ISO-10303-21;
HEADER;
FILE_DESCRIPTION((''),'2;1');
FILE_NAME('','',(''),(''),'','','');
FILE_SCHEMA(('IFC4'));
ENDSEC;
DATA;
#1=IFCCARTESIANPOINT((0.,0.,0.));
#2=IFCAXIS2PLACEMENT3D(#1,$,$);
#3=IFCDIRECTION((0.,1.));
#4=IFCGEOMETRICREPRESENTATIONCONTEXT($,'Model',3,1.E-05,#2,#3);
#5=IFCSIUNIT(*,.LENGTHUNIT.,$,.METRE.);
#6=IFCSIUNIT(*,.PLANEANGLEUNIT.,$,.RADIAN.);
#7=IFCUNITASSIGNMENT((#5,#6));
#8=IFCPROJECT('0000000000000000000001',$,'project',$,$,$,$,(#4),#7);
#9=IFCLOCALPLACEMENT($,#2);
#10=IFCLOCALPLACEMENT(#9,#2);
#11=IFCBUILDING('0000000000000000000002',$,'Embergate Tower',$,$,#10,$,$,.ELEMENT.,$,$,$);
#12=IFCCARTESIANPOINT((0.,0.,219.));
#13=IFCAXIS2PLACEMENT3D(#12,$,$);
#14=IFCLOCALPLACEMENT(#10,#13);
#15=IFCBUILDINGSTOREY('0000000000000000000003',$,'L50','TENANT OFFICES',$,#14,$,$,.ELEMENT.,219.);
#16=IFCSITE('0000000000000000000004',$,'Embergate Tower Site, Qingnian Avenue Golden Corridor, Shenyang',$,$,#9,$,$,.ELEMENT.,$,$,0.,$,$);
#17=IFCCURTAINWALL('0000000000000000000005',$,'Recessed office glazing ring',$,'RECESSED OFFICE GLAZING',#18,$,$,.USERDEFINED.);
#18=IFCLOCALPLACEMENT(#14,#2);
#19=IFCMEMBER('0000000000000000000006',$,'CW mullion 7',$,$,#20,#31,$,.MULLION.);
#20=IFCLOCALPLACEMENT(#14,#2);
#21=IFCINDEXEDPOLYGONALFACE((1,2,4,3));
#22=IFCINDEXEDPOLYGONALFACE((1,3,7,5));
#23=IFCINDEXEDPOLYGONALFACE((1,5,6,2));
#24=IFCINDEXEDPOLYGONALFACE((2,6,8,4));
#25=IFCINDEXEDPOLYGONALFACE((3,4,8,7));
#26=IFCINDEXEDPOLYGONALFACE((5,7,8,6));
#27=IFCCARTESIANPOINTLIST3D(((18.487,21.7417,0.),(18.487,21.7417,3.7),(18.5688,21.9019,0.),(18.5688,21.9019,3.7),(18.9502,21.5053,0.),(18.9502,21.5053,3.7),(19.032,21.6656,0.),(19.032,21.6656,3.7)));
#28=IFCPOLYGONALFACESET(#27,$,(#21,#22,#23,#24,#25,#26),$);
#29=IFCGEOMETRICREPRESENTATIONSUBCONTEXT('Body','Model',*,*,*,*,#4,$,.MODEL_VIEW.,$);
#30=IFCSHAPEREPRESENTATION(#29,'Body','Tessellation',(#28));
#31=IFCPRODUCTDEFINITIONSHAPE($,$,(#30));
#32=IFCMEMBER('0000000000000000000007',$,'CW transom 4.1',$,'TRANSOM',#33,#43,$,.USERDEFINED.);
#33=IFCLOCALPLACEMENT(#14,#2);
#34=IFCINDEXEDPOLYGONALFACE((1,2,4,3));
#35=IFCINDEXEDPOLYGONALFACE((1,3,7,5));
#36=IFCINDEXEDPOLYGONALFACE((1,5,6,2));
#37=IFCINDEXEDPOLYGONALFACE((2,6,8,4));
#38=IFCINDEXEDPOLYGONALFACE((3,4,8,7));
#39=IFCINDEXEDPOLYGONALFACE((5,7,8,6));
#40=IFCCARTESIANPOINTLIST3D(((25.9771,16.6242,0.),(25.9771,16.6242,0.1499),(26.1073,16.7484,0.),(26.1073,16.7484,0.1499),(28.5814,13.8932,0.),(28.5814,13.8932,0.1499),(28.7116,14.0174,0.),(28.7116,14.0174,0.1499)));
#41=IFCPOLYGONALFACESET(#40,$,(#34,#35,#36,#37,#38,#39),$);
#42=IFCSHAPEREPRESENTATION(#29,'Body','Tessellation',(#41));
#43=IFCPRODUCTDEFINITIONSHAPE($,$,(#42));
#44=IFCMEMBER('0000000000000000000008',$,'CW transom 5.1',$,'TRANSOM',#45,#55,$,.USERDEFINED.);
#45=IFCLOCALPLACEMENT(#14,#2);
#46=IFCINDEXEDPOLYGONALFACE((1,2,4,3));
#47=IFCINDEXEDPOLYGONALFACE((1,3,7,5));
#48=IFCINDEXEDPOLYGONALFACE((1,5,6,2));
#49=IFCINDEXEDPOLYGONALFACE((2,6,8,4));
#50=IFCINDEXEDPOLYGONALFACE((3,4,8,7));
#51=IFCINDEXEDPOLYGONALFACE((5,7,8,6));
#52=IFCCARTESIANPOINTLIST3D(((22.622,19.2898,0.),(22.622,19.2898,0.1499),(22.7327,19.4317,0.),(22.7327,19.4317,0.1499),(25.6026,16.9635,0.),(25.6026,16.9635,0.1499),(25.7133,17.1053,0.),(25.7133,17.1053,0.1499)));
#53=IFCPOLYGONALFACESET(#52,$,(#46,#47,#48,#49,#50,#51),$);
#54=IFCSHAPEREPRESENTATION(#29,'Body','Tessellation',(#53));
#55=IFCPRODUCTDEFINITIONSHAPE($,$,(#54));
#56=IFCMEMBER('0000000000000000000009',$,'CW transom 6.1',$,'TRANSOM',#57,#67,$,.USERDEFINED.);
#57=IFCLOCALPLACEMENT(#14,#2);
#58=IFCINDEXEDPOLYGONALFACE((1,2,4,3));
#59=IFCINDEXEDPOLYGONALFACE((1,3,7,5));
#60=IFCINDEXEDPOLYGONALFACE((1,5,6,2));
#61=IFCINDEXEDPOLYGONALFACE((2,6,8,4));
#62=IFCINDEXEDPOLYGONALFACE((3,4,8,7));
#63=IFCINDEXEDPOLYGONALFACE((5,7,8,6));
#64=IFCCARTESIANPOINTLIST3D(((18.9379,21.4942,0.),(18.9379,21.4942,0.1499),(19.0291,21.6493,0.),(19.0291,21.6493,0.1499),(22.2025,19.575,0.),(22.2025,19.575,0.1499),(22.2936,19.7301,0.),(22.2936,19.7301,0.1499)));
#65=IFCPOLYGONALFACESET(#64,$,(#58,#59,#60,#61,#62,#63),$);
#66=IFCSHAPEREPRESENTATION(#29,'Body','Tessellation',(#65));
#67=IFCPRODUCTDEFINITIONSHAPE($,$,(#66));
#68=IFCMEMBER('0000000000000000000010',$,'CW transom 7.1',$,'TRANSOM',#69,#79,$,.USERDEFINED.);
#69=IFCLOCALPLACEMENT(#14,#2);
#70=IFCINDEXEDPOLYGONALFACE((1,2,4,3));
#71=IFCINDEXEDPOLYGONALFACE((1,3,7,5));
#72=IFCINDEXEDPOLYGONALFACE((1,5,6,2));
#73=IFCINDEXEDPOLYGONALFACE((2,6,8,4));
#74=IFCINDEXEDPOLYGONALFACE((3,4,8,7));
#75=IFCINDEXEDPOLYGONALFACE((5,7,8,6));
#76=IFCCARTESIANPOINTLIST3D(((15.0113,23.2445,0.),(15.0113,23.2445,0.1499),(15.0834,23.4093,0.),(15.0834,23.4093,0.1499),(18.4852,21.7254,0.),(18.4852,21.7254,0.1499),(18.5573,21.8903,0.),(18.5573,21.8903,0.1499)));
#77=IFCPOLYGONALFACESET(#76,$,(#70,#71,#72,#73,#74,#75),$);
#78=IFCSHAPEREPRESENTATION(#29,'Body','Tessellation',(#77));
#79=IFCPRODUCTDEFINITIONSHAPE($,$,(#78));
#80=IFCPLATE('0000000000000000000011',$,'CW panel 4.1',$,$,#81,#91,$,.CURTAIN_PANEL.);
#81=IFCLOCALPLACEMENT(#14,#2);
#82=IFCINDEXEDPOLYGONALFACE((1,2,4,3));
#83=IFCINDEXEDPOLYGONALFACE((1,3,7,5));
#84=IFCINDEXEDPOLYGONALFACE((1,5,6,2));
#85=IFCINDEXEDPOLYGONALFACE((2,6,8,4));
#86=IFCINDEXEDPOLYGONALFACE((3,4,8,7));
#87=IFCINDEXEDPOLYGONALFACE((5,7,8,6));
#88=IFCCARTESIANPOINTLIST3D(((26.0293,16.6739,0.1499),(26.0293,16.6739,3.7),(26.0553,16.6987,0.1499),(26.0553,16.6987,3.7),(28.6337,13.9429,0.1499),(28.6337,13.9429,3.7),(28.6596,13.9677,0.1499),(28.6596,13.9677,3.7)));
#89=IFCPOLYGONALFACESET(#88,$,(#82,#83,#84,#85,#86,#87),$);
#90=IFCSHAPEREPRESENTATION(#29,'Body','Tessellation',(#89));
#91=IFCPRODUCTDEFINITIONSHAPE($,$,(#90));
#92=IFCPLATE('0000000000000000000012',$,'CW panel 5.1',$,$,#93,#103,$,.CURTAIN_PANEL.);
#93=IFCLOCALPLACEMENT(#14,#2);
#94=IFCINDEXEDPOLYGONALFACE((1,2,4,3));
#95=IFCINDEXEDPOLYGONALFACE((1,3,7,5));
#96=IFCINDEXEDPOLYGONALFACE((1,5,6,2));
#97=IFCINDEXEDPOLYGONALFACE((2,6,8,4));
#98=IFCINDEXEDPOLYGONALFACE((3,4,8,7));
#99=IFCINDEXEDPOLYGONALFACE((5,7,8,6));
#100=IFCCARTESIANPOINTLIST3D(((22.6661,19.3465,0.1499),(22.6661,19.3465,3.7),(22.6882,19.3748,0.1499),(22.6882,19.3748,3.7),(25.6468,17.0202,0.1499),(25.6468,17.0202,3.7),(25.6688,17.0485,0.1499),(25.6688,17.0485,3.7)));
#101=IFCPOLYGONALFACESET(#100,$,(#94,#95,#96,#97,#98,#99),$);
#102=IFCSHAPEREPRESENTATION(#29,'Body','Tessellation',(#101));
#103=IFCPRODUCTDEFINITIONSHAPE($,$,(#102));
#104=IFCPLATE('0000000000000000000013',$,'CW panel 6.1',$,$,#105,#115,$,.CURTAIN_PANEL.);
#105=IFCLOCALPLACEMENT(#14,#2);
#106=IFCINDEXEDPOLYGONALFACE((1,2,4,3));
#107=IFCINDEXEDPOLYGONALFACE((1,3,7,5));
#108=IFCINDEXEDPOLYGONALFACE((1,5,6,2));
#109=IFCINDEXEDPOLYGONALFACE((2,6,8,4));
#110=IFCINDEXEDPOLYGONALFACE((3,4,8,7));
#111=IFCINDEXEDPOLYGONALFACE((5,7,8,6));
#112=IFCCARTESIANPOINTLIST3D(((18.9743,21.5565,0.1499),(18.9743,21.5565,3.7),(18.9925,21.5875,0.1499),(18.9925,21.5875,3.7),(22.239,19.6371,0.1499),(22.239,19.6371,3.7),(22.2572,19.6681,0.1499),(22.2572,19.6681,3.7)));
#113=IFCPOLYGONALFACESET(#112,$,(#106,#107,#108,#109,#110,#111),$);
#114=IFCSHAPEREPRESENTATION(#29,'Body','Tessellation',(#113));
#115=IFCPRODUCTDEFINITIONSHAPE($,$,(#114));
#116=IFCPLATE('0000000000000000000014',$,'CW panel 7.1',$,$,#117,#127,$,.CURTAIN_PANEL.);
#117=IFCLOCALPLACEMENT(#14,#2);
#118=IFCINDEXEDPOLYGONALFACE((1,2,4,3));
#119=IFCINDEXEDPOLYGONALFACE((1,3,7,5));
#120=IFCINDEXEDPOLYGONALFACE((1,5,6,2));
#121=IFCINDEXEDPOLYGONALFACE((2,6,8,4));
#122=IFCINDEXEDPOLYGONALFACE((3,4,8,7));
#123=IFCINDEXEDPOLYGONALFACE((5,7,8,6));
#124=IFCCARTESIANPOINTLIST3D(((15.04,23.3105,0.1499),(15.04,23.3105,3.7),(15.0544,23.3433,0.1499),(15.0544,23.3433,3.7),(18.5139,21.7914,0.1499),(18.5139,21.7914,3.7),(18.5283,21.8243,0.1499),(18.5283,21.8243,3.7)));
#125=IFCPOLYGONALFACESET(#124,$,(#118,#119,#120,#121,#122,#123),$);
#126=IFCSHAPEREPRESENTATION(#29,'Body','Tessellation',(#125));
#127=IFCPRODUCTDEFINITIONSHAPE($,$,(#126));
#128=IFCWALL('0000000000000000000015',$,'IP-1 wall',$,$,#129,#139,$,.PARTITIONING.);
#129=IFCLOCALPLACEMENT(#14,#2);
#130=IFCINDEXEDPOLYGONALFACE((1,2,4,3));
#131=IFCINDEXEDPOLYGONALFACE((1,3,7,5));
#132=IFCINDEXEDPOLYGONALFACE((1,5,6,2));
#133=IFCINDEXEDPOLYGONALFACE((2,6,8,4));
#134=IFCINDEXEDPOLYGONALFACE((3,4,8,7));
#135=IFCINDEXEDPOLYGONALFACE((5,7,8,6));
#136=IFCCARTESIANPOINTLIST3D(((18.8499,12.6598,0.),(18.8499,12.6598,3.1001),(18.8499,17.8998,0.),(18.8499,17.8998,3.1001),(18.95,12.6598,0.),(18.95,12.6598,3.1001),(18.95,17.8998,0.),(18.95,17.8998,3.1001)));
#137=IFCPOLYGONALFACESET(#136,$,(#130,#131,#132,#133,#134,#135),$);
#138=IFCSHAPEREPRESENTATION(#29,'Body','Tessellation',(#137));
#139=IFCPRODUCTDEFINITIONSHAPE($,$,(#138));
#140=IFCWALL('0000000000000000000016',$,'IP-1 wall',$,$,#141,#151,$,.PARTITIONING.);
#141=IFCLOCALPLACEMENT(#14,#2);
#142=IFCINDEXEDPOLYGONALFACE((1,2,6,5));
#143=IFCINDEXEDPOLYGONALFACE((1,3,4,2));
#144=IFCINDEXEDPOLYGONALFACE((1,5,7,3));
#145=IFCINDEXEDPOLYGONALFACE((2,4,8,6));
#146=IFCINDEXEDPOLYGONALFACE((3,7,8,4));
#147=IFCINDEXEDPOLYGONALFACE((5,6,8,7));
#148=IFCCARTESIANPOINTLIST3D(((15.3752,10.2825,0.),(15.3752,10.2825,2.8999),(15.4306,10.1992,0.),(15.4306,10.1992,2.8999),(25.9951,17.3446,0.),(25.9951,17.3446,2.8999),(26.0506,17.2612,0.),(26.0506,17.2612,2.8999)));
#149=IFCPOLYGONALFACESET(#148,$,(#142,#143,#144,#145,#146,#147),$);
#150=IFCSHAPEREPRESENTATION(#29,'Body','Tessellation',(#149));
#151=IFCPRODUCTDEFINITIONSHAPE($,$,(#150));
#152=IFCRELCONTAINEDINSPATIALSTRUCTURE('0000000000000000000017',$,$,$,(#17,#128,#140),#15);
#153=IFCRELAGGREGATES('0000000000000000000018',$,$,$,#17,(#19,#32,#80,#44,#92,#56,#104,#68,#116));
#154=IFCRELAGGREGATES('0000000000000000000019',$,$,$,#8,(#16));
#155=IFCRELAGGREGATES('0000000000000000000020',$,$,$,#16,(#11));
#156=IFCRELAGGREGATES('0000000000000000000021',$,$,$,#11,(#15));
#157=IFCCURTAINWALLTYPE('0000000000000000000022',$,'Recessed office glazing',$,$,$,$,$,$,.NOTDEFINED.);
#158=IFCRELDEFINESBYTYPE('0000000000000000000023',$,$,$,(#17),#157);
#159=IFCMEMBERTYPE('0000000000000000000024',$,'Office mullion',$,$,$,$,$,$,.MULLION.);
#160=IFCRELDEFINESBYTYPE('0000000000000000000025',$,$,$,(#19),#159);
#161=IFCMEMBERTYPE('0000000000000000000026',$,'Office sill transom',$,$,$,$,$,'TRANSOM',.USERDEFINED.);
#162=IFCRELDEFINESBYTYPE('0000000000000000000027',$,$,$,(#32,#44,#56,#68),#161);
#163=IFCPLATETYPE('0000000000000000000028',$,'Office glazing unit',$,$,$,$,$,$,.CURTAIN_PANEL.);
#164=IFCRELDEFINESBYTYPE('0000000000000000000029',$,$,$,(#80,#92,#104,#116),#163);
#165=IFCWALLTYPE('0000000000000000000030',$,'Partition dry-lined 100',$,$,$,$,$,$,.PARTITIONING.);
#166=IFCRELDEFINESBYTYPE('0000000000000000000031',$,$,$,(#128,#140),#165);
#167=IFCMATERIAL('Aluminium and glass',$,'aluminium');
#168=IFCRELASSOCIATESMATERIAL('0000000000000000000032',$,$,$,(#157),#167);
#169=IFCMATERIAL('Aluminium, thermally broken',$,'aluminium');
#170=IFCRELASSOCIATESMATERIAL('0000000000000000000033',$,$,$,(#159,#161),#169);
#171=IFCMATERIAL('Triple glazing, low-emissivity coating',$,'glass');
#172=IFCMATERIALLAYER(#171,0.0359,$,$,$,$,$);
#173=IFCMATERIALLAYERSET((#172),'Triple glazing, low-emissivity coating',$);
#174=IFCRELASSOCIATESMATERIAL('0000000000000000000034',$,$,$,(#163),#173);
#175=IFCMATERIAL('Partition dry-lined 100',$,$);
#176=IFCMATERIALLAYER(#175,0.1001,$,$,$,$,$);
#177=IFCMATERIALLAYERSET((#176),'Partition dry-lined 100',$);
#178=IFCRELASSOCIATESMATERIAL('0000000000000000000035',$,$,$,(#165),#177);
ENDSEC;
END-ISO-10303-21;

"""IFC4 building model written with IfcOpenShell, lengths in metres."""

from ifc_helpers import new_model, si_unit, direction, frame, frame_2d, origin, origin_2d, place, context, subcontext, project, spatial, rectangle, extrude, source, transform, mapped, material, layer, layer_set, material_profile, profile_set, type_object, element, aggregate, save


model = new_model("IFC4")

# Units and contexts
model_context = context("Model", 3, precision=1e-05, world=origin(), true_north=direction((0.0, 1.0)))
body_context = subcontext(model_context, "Body", "Model", "MODEL_VIEW")
ifc_project = project(units=[si_unit("LENGTHUNIT", "METRE"), si_unit("PLANEANGLEUNIT", "RADIAN")], contexts=[model_context])

# Site, building, storey
site_placement = place(None, origin())
site = spatial("IfcSite", under=ifc_project, at=site_placement, Name="Embergate Tower Site, Qingnian Avenue Golden Corridor, Shenyang", CompositionType="ELEMENT", RefElevation=0.0)
building_placement = place(site_placement, origin())
building = spatial("IfcBuilding", under=site, at=building_placement, Name="Embergate Tower", CompositionType="ELEMENT")
storey_placement = place(building_placement, frame((0.0, 0.0, 219.0)))
storey = spatial("IfcBuildingStorey", under=building, at=storey_placement, Name="L50", Description="TENANT OFFICES", CompositionType="ELEMENT", Elevation=219.0)

# Curtain wall, members, plates
ifc_material_1 = material(Name="Aluminium and glass", Category="aluminium")
curtain_wall_type = type_object("IfcCurtainWallType", Name="Recessed office glazing", PredefinedType="NOTDEFINED", material=ifc_material_1)
curtain_wall_placement = place(storey_placement, origin())
curtain_wall = element("IfcCurtainWall", 1, at=curtain_wall_placement, inside=storey, type_object=curtain_wall_type, Name="Recessed office glazing ring", ObjectType="RECESSED OFFICE GLAZING", PredefinedType="USERDEFINED")
ifc_material_2 = material(Name="Aluminium, thermally broken", Category="aluminium")
ifc_material_profile_1 = material_profile(ifc_material_2, rectangle(XDim=0.1799, YDim=0.52, at=origin_2d()), Name="AL 520x180")
ifc_profile_set_1 = profile_set([ifc_material_profile_1], Name="Aluminium, thermally broken")
member_type_1 = type_object("IfcMemberType", Name="Office mullion", PredefinedType="MULLION", material=ifc_profile_set_1)
shared_shape_1 = source(origin(), body_context, "Body", "SweptSolid", [
    extrude(rectangle(XDim=0.1799, YDim=0.52, at=origin_2d()), origin(), (0.0, 0.0, 1.0), 3.7),
])
member_1_placement = place(storey_placement, frame((18.7595, 21.7036, 0.0), z_axis=(0.0, 0.0, 1.0), x_axis=(-0.454513, -0.89074, 0.0)))
member_1 = element("IfcMember", 2, at=member_1_placement, type_object=member_type_1, Name="CW mullion 7", PredefinedType="MULLION", context=body_context, shape_type="MappedRepresentation", body=[
    mapped(shared_shape_1, transform((0.0, 0.0, 0.0))),
])
ifc_material_profile_2 = material_profile(ifc_material_2, rectangle(XDim=0.1799, YDim=0.1499, at=origin_2d()), Name="AL 150x180")
ifc_profile_set_2 = profile_set([ifc_material_profile_2], Name="Aluminium, thermally broken")
member_type_2 = type_object("IfcMemberType", Name="Office sill transom", ElementType="TRANSOM", PredefinedType="USERDEFINED", material=ifc_profile_set_2)
shared_shape_2 = source(origin(), body_context, "Body", "SweptSolid", [
    extrude(rectangle(XDim=0.1799, YDim=0.1499, at=origin_2d()), origin(), (0.0, 0.0, 1.0), 3.7737),
])
member_2_placement = place(storey_placement, frame((28.6465, 13.9553, 0.075), z_axis=(-0.690119, 0.723696, 0.0), x_axis=(-0.723696, -0.690119, 0.0)))
member_2 = element("IfcMember", 3, at=member_2_placement, type_object=member_type_2, Name="CW transom 4.1", ObjectType="TRANSOM", PredefinedType="USERDEFINED", context=body_context, shape_type="MappedRepresentation", body=[
    mapped(shared_shape_2, transform((0.0, 0.0, 0.0))),
])
shared_shape_3 = source(origin(), body_context, "Body", "SweptSolid", [
    extrude(rectangle(XDim=0.1799, YDim=0.1499, at=origin_2d()), origin(), (0.0, 0.0, 1.0), 3.781),
])
member_3_placement = place(storey_placement, frame((25.658, 17.0344, 0.075), z_axis=(-0.788315, 0.615272, 0.0), x_axis=(-0.615272, -0.788315, 0.0)))
member_3 = element("IfcMember", 4, at=member_3_placement, type_object=member_type_2, Name="CW transom 5.1", ObjectType="TRANSOM", PredefinedType="USERDEFINED", context=body_context, shape_type="MappedRepresentation", body=[
    mapped(shared_shape_3, transform((0.0, 0.0, 0.0))),
])
shared_shape_4 = source(origin(), body_context, "Body", "SweptSolid", [
    extrude(rectangle(XDim=0.1799, YDim=0.1499, at=origin_2d()), origin(), (0.0, 0.0, 1.0), 3.7869),
])
member_4_placement = place(storey_placement, frame((22.248, 19.6526, 0.075), z_axis=(-0.862072, 0.506786, 0.0), x_axis=(-0.506786, -0.862072, 0.0)))
member_4 = element("IfcMember", 5, at=member_4_placement, type_object=member_type_2, Name="CW transom 6.1", ObjectType="TRANSOM", PredefinedType="USERDEFINED", context=body_context, shape_type="MappedRepresentation", body=[
    mapped(shared_shape_4, transform((0.0, 0.0, 0.0))),
])
shared_shape_5 = source(origin(), body_context, "Body", "SweptSolid", [
    extrude(rectangle(XDim=0.1799, YDim=0.1499, at=origin_2d()), origin(), (0.0, 0.0, 1.0), 3.7915),
])
member_5_placement = place(storey_placement, frame((18.5212, 21.8079, 0.075), z_axis=(-0.916233, 0.400647, 0.0), x_axis=(-0.400647, -0.916233, 0.0)))
member_5 = element("IfcMember", 6, at=member_5_placement, type_object=member_type_2, Name="CW transom 7.1", ObjectType="TRANSOM", PredefinedType="USERDEFINED", context=body_context, shape_type="MappedRepresentation", body=[
    mapped(shared_shape_5, transform((0.0, 0.0, 0.0))),
])
ifc_material_3 = material(Name="Triple glazing, low-emissivity coating", Category="glass")
ifc_layer_1 = layer(ifc_material_3, 0.0359)
ifc_layer_set_1 = layer_set([ifc_layer_1], Name="Triple glazing, low-emissivity coating")
plate_type = type_object("IfcPlateType", Name="Office glazing unit", PredefinedType="CURTAIN_PANEL", material=ifc_layer_set_1)
shared_shape_6 = source(origin(), body_context, "Body", "SweptSolid", [
    extrude(rectangle(XDim=3.7737, YDim=0.0359, at=origin_2d()), origin(), (0.0, 0.0, 1.0), 3.55),
])
plate_1_placement = place(storey_placement, frame((27.3445, 15.3208, 0.1499), z_axis=(0.0, 0.0, 1.0), x_axis=(-0.69013, 0.723685, 0.0)))
plate_1 = element("IfcPlate", 7, at=plate_1_placement, type_object=plate_type, Name="CW panel 4.1", PredefinedType="CURTAIN_PANEL", context=body_context, shape_type="MappedRepresentation", body=[
    mapped(shared_shape_6, transform((0.0, 0.0, 0.0))),
])
shared_shape_7 = source(origin(), body_context, "Body", "SweptSolid", [
    extrude(rectangle(XDim=3.781, YDim=0.0359, at=origin_2d()), origin(), (0.0, 0.0, 1.0), 3.55),
])
plate_2_placement = place(storey_placement, frame((24.1675, 18.1975, 0.1499), z_axis=(0.0, 0.0, 1.0), x_axis=(-0.788317, 0.615269, 0.0)))
plate_2 = element("IfcPlate", 8, at=plate_2_placement, type_object=plate_type, Name="CW panel 5.1", PredefinedType="CURTAIN_PANEL", context=body_context, shape_type="MappedRepresentation", body=[
    mapped(shared_shape_7, transform((0.0, 0.0, 0.0))),
])
shared_shape_8 = source(origin(), body_context, "Body", "SweptSolid", [
    extrude(rectangle(XDim=3.7871, YDim=0.0359, at=origin_2d()), origin(), (0.0, 0.0, 1.0), 3.55),
])
plate_3_placement = place(storey_placement, frame((20.6157, 20.6123, 0.1499), z_axis=(0.0, 0.0, 1.0), x_axis=(-0.862051, 0.506822, 0.0)))
plate_3 = element("IfcPlate", 9, at=plate_3_placement, type_object=plate_type, Name="CW panel 6.1", PredefinedType="CURTAIN_PANEL", context=body_context, shape_type="MappedRepresentation", body=[
    mapped(shared_shape_8, transform((0.0, 0.0, 0.0))),
])
shared_shape_9 = source(origin(), body_context, "Body", "SweptSolid", [
    extrude(rectangle(XDim=3.7915, YDim=0.0359, at=origin_2d()), origin(), (0.0, 0.0, 1.0), 3.55),
])
plate_4_placement = place(storey_placement, frame((16.7842, 22.5674, 0.1499), z_axis=(0.0, 0.0, 1.0), x_axis=(-0.916234, 0.400643, 0.0)))
plate_4 = element("IfcPlate", 10, at=plate_4_placement, type_object=plate_type, Name="CW panel 7.1", PredefinedType="CURTAIN_PANEL", context=body_context, shape_type="MappedRepresentation", body=[
    mapped(shared_shape_9, transform((0.0, 0.0, 0.0))),
])
aggregate(curtain_wall, [member_1, member_2, plate_1, member_3, plate_2, member_4, plate_3, member_5, plate_4])

# Walls
ifc_material_4 = material(Name="Partition dry-lined 100")
ifc_layer_2 = layer(ifc_material_4, 0.1001)
ifc_layer_set_2 = layer_set([ifc_layer_2], Name="Partition dry-lined 100")
wall_type = type_object("IfcWallType", Name="Partition dry-lined 100", PredefinedType="PARTITIONING", material=ifc_layer_set_2)
shared_shape_10 = source(origin(), body_context, "Body", "SweptSolid", [
    extrude(rectangle(XDim=5.24, YDim=0.1001, at=frame_2d((2.6201, 0.0))), origin(), (0.0, 0.0, 1.0), 3.1001),
])
wall_1_placement = place(storey_placement, frame((18.8999, 17.8999, 0.0), z_axis=(0.0, 0.0, 1.0), x_axis=(0.0, -1.0, 0.0)))
element("IfcWall", 11, at=wall_1_placement, inside=storey, type_object=wall_type, Name="IP-1 wall", PredefinedType="PARTITIONING", context=body_context, shape_type="MappedRepresentation", body=[
    mapped(shared_shape_10, transform((0.0, 0.0, 0.0))),
])
shared_shape_11 = source(origin(), body_context, "Body", "SweptSolid", [
    extrude(rectangle(XDim=12.7537, YDim=0.1001, at=frame_2d((6.377, 0.0))), origin(), (0.0, 0.0, 1.0), 2.8999),
])
wall_2_placement = place(storey_placement, frame((26.0229, 17.303, 0.0), z_axis=(0.0, 0.0, 1.0), x_axis=(-0.832698, -0.553728, 0.0)))
element("IfcWall", 12, at=wall_2_placement, inside=storey, type_object=wall_type, Name="IP-1 wall", PredefinedType="PARTITIONING", context=body_context, shape_type="MappedRepresentation", body=[
    mapped(shared_shape_11, transform((0.0, 0.0, 0.0))),
])

save(model, "model.ifc")
